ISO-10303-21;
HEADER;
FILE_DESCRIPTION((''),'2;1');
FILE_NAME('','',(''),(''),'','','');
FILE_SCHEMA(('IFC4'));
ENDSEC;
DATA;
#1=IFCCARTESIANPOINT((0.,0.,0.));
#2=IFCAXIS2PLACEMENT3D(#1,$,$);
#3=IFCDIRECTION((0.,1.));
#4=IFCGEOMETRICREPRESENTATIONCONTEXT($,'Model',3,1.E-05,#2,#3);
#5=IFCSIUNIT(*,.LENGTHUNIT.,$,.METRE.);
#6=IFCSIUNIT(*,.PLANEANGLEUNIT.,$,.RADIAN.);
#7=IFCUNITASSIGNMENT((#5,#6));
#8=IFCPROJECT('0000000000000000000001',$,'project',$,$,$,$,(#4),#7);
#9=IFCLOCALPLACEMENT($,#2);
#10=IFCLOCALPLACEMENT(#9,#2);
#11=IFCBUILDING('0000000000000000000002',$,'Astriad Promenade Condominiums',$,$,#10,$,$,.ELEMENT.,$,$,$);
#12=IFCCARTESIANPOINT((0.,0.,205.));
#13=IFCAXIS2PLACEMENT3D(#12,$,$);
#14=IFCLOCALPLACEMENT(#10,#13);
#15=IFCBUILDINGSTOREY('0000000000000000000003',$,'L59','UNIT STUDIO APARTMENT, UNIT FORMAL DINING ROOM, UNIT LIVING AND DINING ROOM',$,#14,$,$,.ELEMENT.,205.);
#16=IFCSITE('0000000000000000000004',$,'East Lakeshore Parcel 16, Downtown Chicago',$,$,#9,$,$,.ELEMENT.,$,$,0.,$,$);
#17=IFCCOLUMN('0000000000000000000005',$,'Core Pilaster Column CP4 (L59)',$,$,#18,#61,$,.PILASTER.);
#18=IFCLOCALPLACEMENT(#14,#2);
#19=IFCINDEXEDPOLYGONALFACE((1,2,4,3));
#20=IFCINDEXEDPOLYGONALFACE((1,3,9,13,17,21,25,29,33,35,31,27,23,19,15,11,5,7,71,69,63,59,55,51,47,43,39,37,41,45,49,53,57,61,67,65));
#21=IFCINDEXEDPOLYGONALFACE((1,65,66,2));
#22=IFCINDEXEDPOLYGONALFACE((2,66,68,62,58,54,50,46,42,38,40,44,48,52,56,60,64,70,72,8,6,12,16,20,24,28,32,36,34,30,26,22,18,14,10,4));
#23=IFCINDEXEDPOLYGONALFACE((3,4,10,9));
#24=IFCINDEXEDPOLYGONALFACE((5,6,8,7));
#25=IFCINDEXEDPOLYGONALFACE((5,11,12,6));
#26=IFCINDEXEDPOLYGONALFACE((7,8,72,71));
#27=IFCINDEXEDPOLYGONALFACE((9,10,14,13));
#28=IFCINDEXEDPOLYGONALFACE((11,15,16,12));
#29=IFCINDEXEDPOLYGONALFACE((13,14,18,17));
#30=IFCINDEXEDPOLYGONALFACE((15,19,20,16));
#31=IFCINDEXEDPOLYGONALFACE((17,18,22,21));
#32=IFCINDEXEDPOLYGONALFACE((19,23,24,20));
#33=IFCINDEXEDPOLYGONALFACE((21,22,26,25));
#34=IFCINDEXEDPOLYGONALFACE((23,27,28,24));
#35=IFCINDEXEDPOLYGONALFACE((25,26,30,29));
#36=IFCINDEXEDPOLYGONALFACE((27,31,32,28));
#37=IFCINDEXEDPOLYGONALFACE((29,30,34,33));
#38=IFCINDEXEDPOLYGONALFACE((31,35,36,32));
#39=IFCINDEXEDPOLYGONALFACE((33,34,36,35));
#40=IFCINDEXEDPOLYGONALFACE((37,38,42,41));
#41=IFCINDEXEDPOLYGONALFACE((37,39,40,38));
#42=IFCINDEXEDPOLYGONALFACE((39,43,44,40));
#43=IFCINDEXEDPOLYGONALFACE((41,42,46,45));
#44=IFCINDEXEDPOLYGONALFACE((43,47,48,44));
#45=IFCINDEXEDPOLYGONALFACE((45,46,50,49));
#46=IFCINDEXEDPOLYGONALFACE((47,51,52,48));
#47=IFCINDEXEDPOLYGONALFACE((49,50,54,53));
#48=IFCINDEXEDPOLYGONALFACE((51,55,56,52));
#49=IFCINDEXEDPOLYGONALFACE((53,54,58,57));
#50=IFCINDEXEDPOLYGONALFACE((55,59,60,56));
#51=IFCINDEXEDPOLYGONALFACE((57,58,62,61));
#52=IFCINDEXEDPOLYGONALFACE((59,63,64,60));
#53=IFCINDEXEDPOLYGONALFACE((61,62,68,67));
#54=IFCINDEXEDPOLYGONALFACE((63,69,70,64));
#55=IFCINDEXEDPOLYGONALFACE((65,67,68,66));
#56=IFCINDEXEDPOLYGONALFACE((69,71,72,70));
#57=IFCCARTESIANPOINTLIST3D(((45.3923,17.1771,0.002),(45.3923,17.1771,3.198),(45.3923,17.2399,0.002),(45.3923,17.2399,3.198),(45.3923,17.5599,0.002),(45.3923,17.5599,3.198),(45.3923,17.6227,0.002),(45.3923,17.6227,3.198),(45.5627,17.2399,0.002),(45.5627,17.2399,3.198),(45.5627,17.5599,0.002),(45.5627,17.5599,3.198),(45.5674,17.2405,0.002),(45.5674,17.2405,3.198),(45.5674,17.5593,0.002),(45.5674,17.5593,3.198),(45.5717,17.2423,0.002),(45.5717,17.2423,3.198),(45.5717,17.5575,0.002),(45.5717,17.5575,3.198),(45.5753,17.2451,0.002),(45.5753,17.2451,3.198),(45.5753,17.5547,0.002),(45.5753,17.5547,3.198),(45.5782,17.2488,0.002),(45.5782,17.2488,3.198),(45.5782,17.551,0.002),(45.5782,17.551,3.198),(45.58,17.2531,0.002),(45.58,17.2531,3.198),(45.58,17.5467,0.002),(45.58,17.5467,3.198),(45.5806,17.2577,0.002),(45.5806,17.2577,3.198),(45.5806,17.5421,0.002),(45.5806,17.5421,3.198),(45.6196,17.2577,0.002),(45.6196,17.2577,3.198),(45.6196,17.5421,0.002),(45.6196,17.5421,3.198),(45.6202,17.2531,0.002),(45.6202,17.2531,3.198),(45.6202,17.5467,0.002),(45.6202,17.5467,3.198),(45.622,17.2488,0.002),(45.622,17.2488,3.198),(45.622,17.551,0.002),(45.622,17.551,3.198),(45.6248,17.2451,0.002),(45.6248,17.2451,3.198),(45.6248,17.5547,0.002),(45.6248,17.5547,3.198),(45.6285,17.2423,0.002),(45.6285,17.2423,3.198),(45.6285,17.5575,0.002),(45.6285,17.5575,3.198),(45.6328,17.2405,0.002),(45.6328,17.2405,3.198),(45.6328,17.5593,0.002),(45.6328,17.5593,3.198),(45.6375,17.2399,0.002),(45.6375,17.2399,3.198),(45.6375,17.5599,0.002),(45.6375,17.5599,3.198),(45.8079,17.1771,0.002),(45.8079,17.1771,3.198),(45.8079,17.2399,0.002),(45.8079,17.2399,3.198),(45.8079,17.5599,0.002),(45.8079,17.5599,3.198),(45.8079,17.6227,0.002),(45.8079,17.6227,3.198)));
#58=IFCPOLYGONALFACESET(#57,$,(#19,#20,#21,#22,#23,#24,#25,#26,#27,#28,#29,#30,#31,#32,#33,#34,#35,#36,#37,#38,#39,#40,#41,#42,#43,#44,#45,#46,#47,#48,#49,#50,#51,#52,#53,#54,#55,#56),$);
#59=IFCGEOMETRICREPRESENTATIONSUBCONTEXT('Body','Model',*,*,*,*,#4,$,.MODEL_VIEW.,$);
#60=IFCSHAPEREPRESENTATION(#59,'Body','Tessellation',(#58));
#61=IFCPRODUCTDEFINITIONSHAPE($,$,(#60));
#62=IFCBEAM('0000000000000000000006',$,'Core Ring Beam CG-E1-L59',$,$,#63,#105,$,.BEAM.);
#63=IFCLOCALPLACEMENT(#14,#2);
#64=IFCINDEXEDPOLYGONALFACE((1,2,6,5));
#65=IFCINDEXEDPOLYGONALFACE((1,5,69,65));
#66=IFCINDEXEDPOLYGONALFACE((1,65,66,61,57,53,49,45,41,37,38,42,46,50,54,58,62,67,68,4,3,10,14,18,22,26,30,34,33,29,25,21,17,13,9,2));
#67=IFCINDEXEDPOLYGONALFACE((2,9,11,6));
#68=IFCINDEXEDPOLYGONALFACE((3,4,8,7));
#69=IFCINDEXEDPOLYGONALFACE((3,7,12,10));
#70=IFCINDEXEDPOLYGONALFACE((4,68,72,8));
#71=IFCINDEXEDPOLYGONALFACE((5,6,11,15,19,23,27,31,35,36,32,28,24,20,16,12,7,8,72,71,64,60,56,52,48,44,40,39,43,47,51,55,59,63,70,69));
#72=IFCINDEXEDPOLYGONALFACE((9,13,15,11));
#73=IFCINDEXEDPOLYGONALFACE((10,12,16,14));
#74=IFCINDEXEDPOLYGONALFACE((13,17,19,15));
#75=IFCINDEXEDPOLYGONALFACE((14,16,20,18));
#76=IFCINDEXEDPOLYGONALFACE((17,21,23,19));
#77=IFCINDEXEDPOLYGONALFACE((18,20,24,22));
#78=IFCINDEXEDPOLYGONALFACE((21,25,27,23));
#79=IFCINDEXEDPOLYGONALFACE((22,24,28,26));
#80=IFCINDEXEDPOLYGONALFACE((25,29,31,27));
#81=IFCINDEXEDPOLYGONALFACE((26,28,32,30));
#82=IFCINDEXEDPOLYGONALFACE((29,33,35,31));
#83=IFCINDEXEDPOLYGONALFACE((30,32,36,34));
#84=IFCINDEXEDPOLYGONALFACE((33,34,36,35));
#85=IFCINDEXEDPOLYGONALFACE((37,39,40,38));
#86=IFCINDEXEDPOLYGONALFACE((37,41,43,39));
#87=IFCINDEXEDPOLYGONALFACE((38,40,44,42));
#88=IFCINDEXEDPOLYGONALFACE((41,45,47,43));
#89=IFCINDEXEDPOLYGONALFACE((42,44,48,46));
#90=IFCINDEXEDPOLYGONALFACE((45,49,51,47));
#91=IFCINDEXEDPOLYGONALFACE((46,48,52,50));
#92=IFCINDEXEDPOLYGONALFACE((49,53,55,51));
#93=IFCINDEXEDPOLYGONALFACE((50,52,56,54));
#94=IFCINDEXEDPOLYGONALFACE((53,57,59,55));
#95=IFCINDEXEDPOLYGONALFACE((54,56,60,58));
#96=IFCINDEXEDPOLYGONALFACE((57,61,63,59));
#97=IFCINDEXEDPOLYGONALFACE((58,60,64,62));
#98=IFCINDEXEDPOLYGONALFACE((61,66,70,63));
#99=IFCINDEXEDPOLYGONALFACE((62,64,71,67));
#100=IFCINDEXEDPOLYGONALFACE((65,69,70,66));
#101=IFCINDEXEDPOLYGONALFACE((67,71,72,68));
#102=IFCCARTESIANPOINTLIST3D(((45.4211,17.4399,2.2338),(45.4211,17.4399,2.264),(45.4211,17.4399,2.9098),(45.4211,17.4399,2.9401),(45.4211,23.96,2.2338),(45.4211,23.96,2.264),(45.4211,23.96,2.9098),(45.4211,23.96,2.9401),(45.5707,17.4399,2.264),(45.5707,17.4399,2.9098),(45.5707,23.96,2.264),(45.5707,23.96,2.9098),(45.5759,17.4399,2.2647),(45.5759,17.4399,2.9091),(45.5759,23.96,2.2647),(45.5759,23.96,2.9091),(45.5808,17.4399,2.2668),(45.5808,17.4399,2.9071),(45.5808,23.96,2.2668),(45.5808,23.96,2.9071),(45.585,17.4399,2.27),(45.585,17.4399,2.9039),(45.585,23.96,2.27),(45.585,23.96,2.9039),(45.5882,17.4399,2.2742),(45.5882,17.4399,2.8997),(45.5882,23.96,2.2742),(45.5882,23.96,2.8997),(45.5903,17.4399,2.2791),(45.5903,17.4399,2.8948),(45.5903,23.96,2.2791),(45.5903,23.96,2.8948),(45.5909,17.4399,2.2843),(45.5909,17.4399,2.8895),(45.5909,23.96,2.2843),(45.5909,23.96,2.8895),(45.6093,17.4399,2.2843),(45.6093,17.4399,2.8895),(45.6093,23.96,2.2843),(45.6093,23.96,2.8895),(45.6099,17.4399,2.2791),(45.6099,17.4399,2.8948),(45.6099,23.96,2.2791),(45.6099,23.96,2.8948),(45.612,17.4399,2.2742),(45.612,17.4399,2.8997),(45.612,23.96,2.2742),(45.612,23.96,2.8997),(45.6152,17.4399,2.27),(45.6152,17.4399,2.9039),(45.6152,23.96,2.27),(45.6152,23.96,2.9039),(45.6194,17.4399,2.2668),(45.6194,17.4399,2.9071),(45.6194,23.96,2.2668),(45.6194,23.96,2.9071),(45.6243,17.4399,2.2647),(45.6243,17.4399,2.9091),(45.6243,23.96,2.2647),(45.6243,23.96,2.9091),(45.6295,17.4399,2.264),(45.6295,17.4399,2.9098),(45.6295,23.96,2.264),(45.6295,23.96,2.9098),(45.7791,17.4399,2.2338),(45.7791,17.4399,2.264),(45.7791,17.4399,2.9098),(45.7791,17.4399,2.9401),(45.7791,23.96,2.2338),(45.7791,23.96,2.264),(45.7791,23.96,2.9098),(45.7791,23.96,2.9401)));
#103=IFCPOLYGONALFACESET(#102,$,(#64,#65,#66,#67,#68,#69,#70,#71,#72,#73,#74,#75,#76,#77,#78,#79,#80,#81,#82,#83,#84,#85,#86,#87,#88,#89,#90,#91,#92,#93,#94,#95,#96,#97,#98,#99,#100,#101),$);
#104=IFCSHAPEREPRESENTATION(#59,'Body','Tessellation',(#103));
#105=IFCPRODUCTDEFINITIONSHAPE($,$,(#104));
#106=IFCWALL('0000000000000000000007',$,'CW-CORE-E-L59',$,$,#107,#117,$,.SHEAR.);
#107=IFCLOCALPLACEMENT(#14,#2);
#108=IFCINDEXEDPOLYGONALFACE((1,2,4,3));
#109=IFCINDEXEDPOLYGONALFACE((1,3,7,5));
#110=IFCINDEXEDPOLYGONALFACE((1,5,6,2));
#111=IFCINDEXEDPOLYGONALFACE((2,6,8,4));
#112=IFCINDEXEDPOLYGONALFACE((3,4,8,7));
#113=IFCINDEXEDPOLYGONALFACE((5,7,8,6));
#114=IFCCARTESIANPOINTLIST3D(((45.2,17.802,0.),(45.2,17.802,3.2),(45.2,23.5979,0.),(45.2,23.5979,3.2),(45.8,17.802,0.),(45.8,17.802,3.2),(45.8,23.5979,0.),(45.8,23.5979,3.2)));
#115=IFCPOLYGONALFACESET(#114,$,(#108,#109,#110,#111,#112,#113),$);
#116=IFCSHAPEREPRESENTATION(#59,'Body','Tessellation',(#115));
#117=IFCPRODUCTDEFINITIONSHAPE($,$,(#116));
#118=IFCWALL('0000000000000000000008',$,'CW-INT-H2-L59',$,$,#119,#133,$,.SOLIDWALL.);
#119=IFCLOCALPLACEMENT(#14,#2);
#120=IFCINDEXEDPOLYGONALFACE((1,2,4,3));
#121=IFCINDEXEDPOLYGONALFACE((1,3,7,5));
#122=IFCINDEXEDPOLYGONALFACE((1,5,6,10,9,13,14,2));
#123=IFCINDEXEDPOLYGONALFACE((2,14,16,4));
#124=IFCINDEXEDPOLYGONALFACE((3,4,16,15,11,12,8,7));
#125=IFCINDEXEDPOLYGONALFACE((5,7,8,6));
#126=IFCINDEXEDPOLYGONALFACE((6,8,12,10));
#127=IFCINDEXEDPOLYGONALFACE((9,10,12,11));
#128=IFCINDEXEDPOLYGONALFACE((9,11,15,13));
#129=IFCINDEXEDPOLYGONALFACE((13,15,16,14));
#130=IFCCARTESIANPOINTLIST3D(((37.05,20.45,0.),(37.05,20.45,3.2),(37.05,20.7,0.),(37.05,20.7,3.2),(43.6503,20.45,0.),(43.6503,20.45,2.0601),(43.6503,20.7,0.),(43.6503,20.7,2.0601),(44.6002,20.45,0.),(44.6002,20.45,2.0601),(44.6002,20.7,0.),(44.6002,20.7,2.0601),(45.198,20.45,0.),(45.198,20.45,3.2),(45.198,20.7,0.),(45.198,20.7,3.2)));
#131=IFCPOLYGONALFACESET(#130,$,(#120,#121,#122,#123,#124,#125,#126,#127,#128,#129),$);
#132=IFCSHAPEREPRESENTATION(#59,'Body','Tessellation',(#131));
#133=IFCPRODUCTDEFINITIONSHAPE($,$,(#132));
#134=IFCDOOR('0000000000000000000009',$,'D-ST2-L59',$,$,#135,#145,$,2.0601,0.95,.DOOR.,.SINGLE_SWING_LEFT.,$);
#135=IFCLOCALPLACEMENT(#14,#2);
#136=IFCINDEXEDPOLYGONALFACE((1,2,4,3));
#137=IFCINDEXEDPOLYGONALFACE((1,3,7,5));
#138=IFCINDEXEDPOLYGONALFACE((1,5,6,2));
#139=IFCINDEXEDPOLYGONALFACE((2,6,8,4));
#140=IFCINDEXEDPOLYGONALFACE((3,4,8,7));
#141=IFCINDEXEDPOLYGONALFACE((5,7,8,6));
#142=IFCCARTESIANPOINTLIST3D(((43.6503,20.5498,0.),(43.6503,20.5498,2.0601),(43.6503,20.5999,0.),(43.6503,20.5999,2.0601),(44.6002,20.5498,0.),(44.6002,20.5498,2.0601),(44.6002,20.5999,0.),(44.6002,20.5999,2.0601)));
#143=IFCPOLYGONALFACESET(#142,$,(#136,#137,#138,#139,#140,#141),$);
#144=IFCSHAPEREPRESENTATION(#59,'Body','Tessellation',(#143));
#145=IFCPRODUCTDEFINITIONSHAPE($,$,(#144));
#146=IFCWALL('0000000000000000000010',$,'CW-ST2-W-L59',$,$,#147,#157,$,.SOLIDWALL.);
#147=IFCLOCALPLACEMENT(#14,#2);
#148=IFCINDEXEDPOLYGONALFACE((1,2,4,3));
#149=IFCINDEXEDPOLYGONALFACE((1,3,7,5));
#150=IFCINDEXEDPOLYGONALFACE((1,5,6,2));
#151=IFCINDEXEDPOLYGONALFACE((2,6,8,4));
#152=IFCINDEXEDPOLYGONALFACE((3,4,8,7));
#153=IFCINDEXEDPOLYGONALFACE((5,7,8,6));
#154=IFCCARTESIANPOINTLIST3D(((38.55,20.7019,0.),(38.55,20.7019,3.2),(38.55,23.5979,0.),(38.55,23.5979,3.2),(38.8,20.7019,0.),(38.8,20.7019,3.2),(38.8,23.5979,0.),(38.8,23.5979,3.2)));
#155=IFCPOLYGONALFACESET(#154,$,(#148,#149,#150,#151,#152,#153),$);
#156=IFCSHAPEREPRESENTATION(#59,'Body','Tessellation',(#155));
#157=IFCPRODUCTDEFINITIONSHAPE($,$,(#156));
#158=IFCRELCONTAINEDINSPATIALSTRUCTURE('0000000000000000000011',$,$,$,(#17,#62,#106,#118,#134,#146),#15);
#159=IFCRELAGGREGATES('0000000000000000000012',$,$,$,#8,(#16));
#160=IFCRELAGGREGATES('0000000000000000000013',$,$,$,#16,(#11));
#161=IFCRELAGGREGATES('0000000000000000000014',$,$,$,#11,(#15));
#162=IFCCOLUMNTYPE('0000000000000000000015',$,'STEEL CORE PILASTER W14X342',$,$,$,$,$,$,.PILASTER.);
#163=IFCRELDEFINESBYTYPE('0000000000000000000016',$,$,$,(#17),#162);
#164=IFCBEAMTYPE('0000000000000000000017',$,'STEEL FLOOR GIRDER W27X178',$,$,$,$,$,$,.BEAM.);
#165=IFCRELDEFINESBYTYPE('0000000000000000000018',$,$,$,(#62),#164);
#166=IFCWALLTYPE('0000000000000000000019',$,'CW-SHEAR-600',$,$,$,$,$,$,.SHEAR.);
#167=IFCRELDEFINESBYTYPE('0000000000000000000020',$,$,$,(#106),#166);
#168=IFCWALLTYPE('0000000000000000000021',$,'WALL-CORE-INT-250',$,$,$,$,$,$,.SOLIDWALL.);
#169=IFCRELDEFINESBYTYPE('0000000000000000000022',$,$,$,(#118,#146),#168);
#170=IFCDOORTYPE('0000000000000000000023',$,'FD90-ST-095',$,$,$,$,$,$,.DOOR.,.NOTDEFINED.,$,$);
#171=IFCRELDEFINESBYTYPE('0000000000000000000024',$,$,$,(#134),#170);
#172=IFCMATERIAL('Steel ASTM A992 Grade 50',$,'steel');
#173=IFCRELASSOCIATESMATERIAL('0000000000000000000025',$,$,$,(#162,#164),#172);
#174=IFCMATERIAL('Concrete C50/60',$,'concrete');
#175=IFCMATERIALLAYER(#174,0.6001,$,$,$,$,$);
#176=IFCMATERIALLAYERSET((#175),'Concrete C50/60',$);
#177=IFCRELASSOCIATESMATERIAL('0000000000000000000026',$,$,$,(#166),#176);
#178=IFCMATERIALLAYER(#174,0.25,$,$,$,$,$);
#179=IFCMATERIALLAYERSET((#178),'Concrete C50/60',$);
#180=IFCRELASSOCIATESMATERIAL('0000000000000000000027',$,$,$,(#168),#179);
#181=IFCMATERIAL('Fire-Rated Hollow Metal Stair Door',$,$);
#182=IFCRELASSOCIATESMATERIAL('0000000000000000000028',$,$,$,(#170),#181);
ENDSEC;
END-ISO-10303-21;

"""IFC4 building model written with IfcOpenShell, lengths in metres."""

from ifc_helpers import new_model, si_unit, direction, frame, frame_2d, origin, origin_2d, place, context, subcontext, project, spatial, rectangle, i_section, extrude, source, transform, mapped, material, layer, layer_set, material_profile, profile_set, type_object, type_shapes, element, fill, save


model = new_model("IFC4")

# Units and contexts
model_context = context("Model", 3, precision=1e-05, world=origin(), true_north=direction((0.0, 1.0)))
body_context = subcontext(model_context, "Body", "Model", "MODEL_VIEW")
ifc_project = project(units=[si_unit("LENGTHUNIT", "METRE"), si_unit("PLANEANGLEUNIT", "RADIAN")], contexts=[model_context])

# Site, building, storey
site_placement = place(None, origin())
site = spatial("IfcSite", under=ifc_project, at=site_placement, Name="East Lakeshore Parcel 16, Downtown Chicago", CompositionType="ELEMENT", RefElevation=0.0)
building_placement = place(site_placement, origin())
building = spatial("IfcBuilding", under=site, at=building_placement, Name="Astriad Promenade Condominiums", CompositionType="ELEMENT")
storey_placement = place(building_placement, frame((0.0, 0.0, 205.0)))
storey = spatial("IfcBuildingStorey", under=building, at=storey_placement, Name="L59", Description="UNIT STUDIO APARTMENT, UNIT FORMAL DINING ROOM, UNIT LIVING AND DINING ROOM", CompositionType="ELEMENT", Elevation=205.0)

# Column
ifc_material_1 = material(Name="Steel ASTM A992 Grade 50", Category="steel")
ifc_material_profile_1 = material_profile(ifc_material_1, i_section(OverallWidth=0.4155, OverallDepth=0.4456, WebThickness=0.0391, FlangeThickness=0.0627, FilletRadius=0.0178, at=origin_2d()), Name="W14X342")
ifc_profile_set_1 = profile_set([ifc_material_profile_1], Name="Steel ASTM A992 Grade 50")
column_type = type_object("IfcColumnType", Name="STEEL CORE PILASTER W14X342", PredefinedType="PILASTER", material=ifc_profile_set_1)
shared_shape_1 = source(origin(), body_context, "Body", "SweptSolid", [
    extrude(i_section(OverallWidth=0.4155, OverallDepth=0.4456, WebThickness=0.0391, FlangeThickness=0.0627, FilletRadius=0.0178, at=origin_2d()), origin(), (0.0, 0.0, 1.0), 3.196),
])
type_shapes(column_type, [shared_shape_1])
column_placement = place(storey_placement, frame((45.6001, 17.3999, 0.002), z_axis=(0.0, 0.0, 1.0), x_axis=(1.0, 0.0, 0.0)))
element("IfcColumn", 1, at=column_placement, inside=storey, type_object=column_type, Name="Core Pilaster Column CP4 (L59)", PredefinedType="PILASTER", context=body_context, shape_type="MappedRepresentation", body=[
    mapped(shared_shape_1, transform((0.0, 0.0, 0.0), scale=1.0)),
])

# Beam
ifc_material_profile_2 = material_profile(ifc_material_1, i_section(OverallWidth=0.3579, OverallDepth=0.7063, WebThickness=0.0183, FlangeThickness=0.0303, FilletRadius=0.0203, at=origin_2d()), Name="W27X178")
ifc_profile_set_2 = profile_set([ifc_material_profile_2], Name="Steel ASTM A992 Grade 50")
beam_type = type_object("IfcBeamType", Name="STEEL FLOOR GIRDER W27X178", PredefinedType="BEAM", material=ifc_profile_set_2)
shared_shape_2 = source(origin(), body_context, "Body", "SweptSolid", [
    extrude(i_section(OverallWidth=0.3579, OverallDepth=0.7063, WebThickness=0.0183, FlangeThickness=0.0303, FilletRadius=0.0203, at=origin_2d()), origin(), (0.0, 0.0, 1.0), 6.52),
])
type_shapes(beam_type, [shared_shape_2])
beam_placement = place(storey_placement, frame((45.6001, 17.4399, 2.5869), z_axis=(0.0, 1.0, 0.0), x_axis=(-1.0, 0.0, 0.0)))
element("IfcBeam", 2, at=beam_placement, inside=storey, type_object=beam_type, Name="Core Ring Beam CG-E1-L59", PredefinedType="BEAM", context=body_context, shape_type="MappedRepresentation", body=[
    mapped(shared_shape_2, transform((0.0, 0.0, 0.0), scale=1.0)),
])

# Wall
ifc_material_2 = material(Name="Concrete C50/60", Category="concrete")
ifc_layer_1 = layer(ifc_material_2, 0.6001)
ifc_layer_set_1 = layer_set([ifc_layer_1], Name="Concrete C50/60")
wall_type_1 = type_object("IfcWallType", Name="CW-SHEAR-600", PredefinedType="SHEAR", material=ifc_layer_set_1)
wall_1_placement = place(storey_placement, frame((45.5, 17.802, 0.0), z_axis=(0.0, 0.0, 1.0), x_axis=(0.0, 1.0, 0.0)))
element("IfcWall", 3, at=wall_1_placement, inside=storey, type_object=wall_type_1, Name="CW-CORE-E-L59", PredefinedType="SHEAR", context=body_context, shape_type="SweptSolid", body=[
    extrude(rectangle(XDim=5.7959, YDim=0.6001, at=frame_2d((2.8979, 0.0))), origin(), (0.0, 0.0, 1.0), 3.2),
])

# Wall, opening, door
ifc_layer_2 = layer(ifc_material_2, 0.25)
ifc_layer_set_2 = layer_set([ifc_layer_2], Name="Concrete C50/60")
wall_type_2 = type_object("IfcWallType", Name="WALL-CORE-INT-250", PredefinedType="SOLIDWALL", material=ifc_layer_set_2)
wall_2_placement = place(storey_placement, frame((37.05, 20.575, 0.0), z_axis=(0.0, 0.0, 1.0), x_axis=(1.0, 0.0, 0.0)))
wall_2 = element("IfcWall", 4, at=wall_2_placement, inside=storey, type_object=wall_type_2, Name="CW-INT-H2-L59", PredefinedType="SOLIDWALL", context=body_context, shape_type="SweptSolid", body=[
    extrude(rectangle(XDim=8.1479, YDim=0.25, at=frame_2d((4.074, 0.0))), origin(), (0.0, 0.0, 1.0), 3.2),
])
opening_1_placement = place(wall_2_placement, frame((6.6001, 0.0, 0.0)))
opening_1 = element("IfcOpeningElement", 5, at=opening_1_placement, cuts=wall_2, PredefinedType="OPENING", context=body_context, shape_type="SweptSolid", body=[
    extrude(rectangle(XDim=0.95, YDim=2.0601, at=frame_2d((0.4751, 1.03))), frame((0.0, 0.135, 0.0), z_axis=(0.0, -1.0, 0.0), x_axis=(1.0, 0.0, 0.0)), (0.0, 0.0, 1.0), 0.27),
])
ifc_material_3 = material(Name="Fire-Rated Hollow Metal Stair Door")
door_type_1 = type_object("IfcDoorType", Name="FD90-ST-095", OperationType="NOTDEFINED", PredefinedType="DOOR", material=ifc_material_3)
shared_shape_3 = source(origin(), body_context, "Body", "SweptSolid", [
    extrude(rectangle(XDim=0.95, YDim=2.0601, at=frame_2d((0.4751, 1.03))), frame((0.0, 0.0249, 0.0), z_axis=(0.0, -1.0, 0.0), x_axis=(1.0, 0.0, 0.0)), (0.0, 0.0, 1.0), 0.05),
])
type_shapes(door_type_1, [shared_shape_3])
door_1_placement = place(opening_1_placement, origin())
door_1 = element("IfcDoor", 6, at=door_1_placement, inside=storey, type_object=door_type_1, Name="D-ST2-L59", OperationType="SINGLE_SWING_LEFT", OverallHeight=2.0601, OverallWidth=0.95, PredefinedType="DOOR", context=body_context, shape_type="MappedRepresentation", body=[
    mapped(shared_shape_3, transform((0.0, 0.0, 0.0), scale=1.0)),
])
fill(opening_1, door_1)

# Wall
wall_3_placement = place(storey_placement, frame((38.675, 20.7019, 0.0), z_axis=(0.0, 0.0, 1.0), x_axis=(0.0, 1.0, 0.0)))
element("IfcWall", 7, at=wall_3_placement, inside=storey, type_object=wall_type_2, Name="CW-ST2-W-L59", PredefinedType="SOLIDWALL", context=body_context, shape_type="SweptSolid", body=[
    extrude(rectangle(XDim=2.896, YDim=0.25, at=frame_2d((1.448, 0.0))), origin(), (0.0, 0.0, 1.0), 3.2),
])

save(model, "model.ifc")
